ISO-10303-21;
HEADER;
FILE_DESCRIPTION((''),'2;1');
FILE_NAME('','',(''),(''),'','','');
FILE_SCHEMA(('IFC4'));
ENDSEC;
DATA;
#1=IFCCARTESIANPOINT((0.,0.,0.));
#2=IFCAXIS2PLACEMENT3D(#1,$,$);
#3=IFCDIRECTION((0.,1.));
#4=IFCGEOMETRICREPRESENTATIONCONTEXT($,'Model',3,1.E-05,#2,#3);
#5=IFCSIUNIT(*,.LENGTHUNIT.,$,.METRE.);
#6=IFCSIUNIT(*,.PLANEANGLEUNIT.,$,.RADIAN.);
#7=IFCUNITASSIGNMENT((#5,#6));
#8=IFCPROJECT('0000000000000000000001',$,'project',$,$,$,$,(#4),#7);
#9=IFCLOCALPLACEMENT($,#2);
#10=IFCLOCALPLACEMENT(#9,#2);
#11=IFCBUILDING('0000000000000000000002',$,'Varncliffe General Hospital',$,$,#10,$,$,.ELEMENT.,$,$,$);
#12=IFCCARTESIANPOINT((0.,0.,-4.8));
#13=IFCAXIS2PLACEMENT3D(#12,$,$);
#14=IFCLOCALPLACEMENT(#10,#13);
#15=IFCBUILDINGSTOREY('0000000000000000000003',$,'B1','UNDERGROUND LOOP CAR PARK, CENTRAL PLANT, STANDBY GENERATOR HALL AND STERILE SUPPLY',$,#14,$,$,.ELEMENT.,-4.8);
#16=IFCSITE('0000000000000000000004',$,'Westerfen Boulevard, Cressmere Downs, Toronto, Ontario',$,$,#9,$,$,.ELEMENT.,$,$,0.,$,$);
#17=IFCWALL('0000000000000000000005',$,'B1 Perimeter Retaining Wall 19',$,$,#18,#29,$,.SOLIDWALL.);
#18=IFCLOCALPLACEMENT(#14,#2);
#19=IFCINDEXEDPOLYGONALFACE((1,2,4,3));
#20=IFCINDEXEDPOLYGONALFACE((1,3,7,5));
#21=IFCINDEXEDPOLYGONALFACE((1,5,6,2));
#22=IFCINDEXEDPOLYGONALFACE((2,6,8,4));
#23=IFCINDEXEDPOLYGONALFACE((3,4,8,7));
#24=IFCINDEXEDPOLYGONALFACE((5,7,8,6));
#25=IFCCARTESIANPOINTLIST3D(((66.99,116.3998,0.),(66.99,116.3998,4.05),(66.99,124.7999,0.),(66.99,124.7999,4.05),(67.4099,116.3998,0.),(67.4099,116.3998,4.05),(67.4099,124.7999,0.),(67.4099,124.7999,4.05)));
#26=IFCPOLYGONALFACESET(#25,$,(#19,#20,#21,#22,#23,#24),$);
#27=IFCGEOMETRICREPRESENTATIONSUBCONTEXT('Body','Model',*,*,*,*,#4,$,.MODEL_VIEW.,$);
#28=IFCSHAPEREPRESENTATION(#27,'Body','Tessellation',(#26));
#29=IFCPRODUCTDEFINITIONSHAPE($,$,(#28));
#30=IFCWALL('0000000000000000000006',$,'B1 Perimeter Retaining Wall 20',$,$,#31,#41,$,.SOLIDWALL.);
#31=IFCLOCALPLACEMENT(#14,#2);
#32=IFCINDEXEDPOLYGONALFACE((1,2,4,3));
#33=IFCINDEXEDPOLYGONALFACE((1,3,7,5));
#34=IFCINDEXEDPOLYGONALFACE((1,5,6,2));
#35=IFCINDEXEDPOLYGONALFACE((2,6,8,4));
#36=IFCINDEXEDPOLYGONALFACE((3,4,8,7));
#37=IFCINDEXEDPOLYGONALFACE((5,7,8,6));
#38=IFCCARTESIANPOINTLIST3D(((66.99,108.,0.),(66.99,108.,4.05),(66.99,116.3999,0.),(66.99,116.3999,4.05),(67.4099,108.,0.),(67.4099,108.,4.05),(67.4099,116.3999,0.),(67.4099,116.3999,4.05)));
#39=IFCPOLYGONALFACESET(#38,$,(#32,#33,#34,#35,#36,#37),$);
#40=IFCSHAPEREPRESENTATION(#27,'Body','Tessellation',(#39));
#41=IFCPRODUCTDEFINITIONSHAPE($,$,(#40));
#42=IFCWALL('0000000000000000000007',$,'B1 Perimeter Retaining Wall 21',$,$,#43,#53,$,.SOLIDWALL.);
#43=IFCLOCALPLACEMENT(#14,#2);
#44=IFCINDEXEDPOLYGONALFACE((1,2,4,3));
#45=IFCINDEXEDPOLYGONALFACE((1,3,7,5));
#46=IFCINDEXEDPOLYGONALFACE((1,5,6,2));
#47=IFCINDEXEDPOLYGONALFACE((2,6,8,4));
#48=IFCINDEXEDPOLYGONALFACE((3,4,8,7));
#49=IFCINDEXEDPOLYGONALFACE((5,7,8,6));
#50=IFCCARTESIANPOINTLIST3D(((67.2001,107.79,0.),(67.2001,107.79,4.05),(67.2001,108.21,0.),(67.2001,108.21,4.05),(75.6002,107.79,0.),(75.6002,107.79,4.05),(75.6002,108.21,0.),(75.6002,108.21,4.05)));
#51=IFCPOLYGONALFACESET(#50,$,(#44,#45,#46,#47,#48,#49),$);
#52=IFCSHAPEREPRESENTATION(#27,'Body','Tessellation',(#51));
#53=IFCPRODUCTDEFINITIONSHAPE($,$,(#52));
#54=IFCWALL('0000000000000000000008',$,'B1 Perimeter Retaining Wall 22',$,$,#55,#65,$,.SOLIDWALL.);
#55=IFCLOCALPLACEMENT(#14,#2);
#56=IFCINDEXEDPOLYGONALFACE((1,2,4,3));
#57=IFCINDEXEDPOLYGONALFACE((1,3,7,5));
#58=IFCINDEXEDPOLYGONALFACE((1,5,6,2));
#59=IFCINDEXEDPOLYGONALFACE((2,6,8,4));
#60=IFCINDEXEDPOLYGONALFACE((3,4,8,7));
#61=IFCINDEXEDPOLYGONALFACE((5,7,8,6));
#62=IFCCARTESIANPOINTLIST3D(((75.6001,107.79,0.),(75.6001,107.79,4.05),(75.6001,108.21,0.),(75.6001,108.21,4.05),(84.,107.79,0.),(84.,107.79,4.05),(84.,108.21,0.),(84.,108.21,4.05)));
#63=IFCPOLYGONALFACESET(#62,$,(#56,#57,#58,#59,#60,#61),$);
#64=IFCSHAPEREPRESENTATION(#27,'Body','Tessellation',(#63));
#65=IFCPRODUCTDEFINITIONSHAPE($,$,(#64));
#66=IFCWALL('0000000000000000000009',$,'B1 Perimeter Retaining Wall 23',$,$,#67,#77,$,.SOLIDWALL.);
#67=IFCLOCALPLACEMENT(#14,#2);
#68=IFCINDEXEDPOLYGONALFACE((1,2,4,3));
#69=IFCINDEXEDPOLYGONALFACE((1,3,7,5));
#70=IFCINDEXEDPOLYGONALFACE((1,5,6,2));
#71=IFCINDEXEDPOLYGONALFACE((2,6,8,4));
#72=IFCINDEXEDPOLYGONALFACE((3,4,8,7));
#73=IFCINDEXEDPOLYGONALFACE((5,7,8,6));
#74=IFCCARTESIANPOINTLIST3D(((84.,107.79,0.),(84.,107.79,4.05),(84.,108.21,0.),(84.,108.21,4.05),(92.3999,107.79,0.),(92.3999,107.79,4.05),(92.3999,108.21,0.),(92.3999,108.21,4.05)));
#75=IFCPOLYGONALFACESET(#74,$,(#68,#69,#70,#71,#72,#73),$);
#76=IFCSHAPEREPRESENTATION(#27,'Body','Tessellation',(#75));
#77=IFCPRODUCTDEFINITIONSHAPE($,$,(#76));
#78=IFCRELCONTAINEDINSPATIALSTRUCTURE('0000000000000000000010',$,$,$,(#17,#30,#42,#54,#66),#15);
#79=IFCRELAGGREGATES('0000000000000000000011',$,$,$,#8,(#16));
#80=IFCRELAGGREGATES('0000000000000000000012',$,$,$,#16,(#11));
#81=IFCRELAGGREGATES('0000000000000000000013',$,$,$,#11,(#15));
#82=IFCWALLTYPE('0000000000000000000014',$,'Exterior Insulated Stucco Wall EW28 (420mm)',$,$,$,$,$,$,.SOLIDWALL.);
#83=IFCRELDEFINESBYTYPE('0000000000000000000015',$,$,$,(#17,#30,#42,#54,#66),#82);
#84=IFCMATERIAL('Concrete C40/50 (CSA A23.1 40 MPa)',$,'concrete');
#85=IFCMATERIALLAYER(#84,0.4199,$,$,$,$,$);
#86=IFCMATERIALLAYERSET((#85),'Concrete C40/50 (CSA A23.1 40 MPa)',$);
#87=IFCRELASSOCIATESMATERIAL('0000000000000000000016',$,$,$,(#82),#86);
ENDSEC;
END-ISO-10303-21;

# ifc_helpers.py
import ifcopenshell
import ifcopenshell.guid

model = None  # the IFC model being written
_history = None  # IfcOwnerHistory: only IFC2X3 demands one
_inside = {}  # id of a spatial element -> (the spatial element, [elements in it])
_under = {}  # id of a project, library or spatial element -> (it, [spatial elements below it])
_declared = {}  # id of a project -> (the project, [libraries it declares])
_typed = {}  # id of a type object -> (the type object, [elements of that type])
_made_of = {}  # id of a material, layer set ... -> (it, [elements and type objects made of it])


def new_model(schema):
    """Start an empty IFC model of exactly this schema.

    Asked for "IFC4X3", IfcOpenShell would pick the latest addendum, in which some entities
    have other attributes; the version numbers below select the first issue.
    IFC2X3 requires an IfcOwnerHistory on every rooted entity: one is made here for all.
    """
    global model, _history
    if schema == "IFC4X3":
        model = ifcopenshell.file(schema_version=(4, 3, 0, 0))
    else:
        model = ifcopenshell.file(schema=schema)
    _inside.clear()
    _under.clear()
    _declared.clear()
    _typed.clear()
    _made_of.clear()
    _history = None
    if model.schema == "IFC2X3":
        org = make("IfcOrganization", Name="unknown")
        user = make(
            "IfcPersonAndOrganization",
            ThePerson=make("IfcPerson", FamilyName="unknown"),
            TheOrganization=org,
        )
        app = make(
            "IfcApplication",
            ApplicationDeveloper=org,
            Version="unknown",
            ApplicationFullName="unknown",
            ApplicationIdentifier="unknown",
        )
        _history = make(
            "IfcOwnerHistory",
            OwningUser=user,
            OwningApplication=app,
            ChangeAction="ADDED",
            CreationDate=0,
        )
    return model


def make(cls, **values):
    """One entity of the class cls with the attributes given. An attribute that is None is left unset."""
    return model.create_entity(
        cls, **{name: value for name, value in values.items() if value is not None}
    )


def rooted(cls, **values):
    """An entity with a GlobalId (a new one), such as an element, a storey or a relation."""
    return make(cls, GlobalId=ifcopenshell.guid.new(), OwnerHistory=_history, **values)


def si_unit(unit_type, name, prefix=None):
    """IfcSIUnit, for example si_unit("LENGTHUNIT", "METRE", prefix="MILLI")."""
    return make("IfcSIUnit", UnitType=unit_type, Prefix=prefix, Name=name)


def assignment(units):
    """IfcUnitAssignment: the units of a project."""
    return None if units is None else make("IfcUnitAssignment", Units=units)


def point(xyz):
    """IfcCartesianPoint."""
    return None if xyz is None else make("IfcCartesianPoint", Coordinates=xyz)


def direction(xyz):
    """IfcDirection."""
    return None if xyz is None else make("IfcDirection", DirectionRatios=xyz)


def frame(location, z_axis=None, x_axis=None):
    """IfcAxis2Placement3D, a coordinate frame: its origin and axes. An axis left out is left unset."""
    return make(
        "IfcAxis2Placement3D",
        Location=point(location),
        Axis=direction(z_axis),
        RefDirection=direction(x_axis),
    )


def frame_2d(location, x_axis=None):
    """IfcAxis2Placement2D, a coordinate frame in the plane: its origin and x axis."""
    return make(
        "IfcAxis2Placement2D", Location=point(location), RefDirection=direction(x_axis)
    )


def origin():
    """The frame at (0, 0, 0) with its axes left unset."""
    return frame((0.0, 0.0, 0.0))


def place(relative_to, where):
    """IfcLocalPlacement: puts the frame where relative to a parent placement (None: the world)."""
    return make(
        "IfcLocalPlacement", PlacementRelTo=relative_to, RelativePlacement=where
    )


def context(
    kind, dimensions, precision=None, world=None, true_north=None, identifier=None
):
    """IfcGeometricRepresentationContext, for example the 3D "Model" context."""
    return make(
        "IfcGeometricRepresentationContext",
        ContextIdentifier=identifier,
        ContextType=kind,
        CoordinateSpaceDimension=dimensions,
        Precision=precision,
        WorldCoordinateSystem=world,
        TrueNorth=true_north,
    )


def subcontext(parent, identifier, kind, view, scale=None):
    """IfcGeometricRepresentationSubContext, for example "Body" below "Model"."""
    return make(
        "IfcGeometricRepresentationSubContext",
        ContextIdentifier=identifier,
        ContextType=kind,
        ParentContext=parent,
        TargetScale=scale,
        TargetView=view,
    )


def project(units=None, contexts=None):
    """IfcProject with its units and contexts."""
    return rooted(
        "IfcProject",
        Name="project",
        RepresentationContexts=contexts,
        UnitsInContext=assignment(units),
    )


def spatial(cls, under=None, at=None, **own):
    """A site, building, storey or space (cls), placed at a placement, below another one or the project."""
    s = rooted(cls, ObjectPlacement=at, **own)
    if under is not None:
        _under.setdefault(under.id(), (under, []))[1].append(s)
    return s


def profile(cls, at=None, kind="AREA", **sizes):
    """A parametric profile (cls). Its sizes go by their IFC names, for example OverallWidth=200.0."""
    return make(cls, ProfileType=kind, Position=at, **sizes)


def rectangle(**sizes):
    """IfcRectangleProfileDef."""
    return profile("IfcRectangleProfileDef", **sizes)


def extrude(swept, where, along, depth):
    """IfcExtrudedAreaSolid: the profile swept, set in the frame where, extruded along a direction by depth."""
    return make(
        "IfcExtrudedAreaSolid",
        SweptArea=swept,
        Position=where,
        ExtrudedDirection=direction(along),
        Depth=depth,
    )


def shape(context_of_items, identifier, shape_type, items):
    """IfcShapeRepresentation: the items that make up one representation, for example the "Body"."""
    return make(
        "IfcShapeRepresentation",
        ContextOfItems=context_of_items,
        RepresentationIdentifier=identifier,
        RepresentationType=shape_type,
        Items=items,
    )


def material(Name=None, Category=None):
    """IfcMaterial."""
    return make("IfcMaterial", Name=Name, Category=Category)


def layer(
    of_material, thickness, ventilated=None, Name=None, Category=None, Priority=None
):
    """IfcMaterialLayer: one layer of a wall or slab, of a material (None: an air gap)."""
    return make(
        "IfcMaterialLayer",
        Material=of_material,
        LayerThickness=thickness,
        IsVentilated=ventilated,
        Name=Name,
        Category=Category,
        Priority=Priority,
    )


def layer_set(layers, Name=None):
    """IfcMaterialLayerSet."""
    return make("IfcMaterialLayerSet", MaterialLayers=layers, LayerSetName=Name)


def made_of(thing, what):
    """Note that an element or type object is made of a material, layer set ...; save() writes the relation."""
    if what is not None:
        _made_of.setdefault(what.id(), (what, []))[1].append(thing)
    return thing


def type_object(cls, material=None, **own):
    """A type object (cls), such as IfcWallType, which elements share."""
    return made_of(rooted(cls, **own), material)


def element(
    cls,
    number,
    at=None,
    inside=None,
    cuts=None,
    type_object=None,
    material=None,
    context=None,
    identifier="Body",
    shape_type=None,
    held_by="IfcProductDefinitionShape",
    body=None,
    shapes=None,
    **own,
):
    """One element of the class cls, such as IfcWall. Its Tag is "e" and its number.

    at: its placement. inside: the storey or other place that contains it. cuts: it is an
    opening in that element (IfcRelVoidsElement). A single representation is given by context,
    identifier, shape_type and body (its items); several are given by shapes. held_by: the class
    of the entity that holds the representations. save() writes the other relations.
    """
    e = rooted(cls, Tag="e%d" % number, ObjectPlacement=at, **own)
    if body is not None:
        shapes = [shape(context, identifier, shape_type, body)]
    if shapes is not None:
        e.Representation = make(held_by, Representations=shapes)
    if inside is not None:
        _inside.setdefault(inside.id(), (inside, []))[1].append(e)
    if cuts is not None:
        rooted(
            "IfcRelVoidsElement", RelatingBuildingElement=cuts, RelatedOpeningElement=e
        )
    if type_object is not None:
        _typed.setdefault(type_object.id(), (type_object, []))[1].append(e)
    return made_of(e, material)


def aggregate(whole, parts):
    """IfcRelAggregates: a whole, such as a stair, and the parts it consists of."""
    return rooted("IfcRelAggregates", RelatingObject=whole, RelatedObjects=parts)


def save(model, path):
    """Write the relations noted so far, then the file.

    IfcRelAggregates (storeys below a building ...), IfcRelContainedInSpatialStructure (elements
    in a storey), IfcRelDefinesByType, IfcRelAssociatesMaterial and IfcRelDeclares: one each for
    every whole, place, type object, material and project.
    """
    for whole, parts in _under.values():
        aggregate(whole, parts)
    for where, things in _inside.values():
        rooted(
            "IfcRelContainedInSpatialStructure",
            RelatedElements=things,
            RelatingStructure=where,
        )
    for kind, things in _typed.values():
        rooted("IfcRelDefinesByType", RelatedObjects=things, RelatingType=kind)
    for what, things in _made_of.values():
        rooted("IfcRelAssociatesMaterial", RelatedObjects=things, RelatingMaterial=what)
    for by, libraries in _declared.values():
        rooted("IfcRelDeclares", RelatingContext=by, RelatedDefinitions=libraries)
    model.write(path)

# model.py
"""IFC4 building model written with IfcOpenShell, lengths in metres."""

from ifc_helpers import new_model, si_unit, direction, frame, frame_2d, origin, place, context, subcontext, project, spatial, rectangle, extrude, material, layer, layer_set, type_object, element, save


model = new_model("IFC4")

# Units and contexts
model_context = context("Model", 3, precision=1e-05, world=origin(), true_north=direction((0.0, 1.0)))
body_context = subcontext(model_context, "Body", "Model", "MODEL_VIEW")
ifc_project = project(units=[si_unit("LENGTHUNIT", "METRE"), si_unit("PLANEANGLEUNIT", "RADIAN")], contexts=[model_context])

# Site, building, storey
site_placement = place(None, origin())
site = spatial("IfcSite", under=ifc_project, at=site_placement, Name="Westerfen Boulevard, Cressmere Downs, Toronto, Ontario", CompositionType="ELEMENT", RefElevation=0.0)
building_placement = place(site_placement, origin())
building = spatial("IfcBuilding", under=site, at=building_placement, Name="Varncliffe General Hospital", CompositionType="ELEMENT")
storey_placement = place(building_placement, frame((0.0, 0.0, -4.8)))
storey = spatial("IfcBuildingStorey", under=building, at=storey_placement, Name="B1", Description="UNDERGROUND LOOP CAR PARK, CENTRAL PLANT, STANDBY GENERATOR HALL AND STERILE SUPPLY", CompositionType="ELEMENT", Elevation=-4.8)

# Shared definitions
ifc_material_1 = material(Name="Concrete C40/50 (CSA A23.1 40 MPa)", Category="concrete")

# Walls
ifc_layer = layer(ifc_material_1, 0.4199)
ifc_layer_set = layer_set([ifc_layer], Name="Concrete C40/50 (CSA A23.1 40 MPa)")
wall_type = type_object("IfcWallType", Name="Exterior Insulated Stucco Wall EW28 (420mm)", PredefinedType="SOLIDWALL", material=ifc_layer_set)
wall_1_placement = place(storey_placement, frame((67.2, 124.8, 0.0), z_axis=(0.0, 0.0, 1.0), x_axis=(0.0, -1.0, 0.0)))
element("IfcWall", 1, at=wall_1_placement, inside=storey, type_object=wall_type, Name="B1 Perimeter Retaining Wall 19", PredefinedType="SOLIDWALL", context=body_context, shape_type="SweptSolid", body=[
    extrude(rectangle(XDim=8.4001, YDim=0.4199, at=frame_2d((4.2002, 0.0))), origin(), (0.0, 0.0, 1.0), 4.05),
])
wall_2_placement = place(storey_placement, frame((67.2, 116.3999, 0.0), z_axis=(0.0, 0.0, 1.0), x_axis=(0.0, -1.0, 0.0)))
element("IfcWall", 2, at=wall_2_placement, inside=storey, type_object=wall_type, Name="B1 Perimeter Retaining Wall 20", PredefinedType="SOLIDWALL", context=body_context, shape_type="SweptSolid", body=[
    extrude(rectangle(XDim=8.3999, YDim=0.4199, at=frame_2d((4.2, 0.0))), origin(), (0.0, 0.0, 1.0), 4.05),
])
wall_3_placement = place(storey_placement, frame((67.2, 108.0, 0.0), z_axis=(0.0, 0.0, 1.0), x_axis=(1.0, 0.0, 0.0)))
element("IfcWall", 3, at=wall_3_placement, inside=storey, type_object=wall_type, Name="B1 Perimeter Retaining Wall 21", PredefinedType="SOLIDWALL", context=body_context, shape_type="SweptSolid", body=[
    extrude(rectangle(XDim=8.4001, YDim=0.4199, at=frame_2d((4.2002, 0.0))), origin(), (0.0, 0.0, 1.0), 4.05),
])
for number, where, z_axis, x_axis, name in (
    (4, (75.6001, 108.0, 0.0), (0.0, 0.0, 1.0), (1.0, 0.0, 0.0), "B1 Perimeter Retaining Wall 22"),
    (5, (84.0, 108.0, 0.0), (0.0, 0.0, 1.0), (1.0, 0.0, 0.0), "B1 Perimeter Retaining Wall 23"),
):
    element("IfcWall", number, at=place(storey_placement, frame(where, z_axis=z_axis, x_axis=x_axis)), inside=storey, type_object=wall_type, Name=name, PredefinedType="SOLIDWALL", context=body_context, shape_type="SweptSolid", body=[
        extrude(rectangle(XDim=8.3999, YDim=0.4199, at=frame_2d((4.2, 0.0))), origin(), (0.0, 0.0, 1.0), 4.05),
    ])

save(model, "model.ifc")
